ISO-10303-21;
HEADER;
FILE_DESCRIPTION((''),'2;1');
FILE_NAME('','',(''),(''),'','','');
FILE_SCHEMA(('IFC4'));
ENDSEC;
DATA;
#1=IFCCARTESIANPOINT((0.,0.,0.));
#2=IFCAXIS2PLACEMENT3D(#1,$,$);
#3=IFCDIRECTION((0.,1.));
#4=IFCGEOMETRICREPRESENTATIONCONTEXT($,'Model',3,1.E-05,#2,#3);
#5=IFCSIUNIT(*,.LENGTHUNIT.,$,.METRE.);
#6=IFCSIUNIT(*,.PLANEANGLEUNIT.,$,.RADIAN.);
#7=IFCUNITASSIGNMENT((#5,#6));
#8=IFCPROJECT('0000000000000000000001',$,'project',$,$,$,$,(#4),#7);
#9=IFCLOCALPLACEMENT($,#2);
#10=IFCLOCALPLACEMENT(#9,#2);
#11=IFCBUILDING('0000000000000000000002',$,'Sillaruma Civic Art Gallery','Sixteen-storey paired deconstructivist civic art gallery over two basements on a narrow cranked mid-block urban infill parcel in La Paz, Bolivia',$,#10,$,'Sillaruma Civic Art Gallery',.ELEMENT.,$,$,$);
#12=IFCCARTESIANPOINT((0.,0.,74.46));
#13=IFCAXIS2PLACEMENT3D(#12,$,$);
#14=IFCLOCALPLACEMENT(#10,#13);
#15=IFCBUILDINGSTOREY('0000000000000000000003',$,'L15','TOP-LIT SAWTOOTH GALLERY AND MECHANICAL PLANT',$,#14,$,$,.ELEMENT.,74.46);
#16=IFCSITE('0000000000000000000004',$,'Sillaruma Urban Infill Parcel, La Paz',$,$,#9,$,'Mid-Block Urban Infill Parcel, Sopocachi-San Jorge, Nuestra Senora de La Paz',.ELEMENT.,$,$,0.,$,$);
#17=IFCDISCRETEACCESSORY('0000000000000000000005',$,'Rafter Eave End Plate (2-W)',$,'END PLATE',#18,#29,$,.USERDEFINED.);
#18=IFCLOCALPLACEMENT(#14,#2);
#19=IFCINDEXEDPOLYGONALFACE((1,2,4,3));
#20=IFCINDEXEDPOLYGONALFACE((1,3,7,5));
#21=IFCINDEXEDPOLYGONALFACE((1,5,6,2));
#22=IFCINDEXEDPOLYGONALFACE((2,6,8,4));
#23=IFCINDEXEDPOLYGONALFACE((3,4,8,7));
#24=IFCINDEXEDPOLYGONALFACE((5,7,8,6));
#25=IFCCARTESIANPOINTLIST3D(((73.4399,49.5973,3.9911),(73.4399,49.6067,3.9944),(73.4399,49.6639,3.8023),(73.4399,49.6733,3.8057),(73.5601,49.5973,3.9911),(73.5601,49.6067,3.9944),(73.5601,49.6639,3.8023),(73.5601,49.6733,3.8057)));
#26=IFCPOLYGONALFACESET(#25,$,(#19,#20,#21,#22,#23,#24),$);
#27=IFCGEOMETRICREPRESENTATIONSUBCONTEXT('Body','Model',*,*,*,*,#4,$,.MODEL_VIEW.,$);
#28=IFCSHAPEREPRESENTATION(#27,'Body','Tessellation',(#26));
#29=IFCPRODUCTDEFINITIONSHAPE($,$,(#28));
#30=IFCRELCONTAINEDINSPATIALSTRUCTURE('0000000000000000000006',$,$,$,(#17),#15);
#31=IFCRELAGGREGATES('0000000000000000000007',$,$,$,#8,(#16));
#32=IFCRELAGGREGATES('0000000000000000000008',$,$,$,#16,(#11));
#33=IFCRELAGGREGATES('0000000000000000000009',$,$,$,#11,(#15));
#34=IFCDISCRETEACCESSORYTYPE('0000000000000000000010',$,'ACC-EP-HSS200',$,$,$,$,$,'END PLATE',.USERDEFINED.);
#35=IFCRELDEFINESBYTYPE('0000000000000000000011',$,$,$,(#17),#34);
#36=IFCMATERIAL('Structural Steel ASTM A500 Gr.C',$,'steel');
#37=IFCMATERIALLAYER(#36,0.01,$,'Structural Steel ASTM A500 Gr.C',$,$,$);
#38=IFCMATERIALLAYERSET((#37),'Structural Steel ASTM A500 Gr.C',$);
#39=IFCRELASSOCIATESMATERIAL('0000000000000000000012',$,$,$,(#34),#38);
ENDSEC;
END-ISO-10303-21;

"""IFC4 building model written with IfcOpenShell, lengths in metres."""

from ifc_helpers import new_model, si_unit, direction, frame, origin, place, context, subcontext, project, spatial, polyline, outline, extrude, material, layer, layer_set, type_object, element, save


model = new_model("IFC4")

# Units and contexts
model_context = context("Model", 3, precision=1e-05, world=origin(), true_north=direction((0.0, 1.0)))
body_context = subcontext(model_context, "Body", "Model", "MODEL_VIEW")
ifc_project = project(units=[si_unit("LENGTHUNIT", "METRE"), si_unit("PLANEANGLEUNIT", "RADIAN")], contexts=[model_context])

# Site, building, storey
site_placement = place(None, origin())
site = spatial("IfcSite", under=ifc_project, at=site_placement, Name="Sillaruma Urban Infill Parcel, La Paz", LongName="Mid-Block Urban Infill Parcel, Sopocachi-San Jorge, Nuestra Senora de La Paz", CompositionType="ELEMENT", RefElevation=0.0)
building_placement = place(site_placement, origin())
building = spatial("IfcBuilding", under=site, at=building_placement, Name="Sillaruma Civic Art Gallery", Description="Sixteen-storey paired deconstructivist civic art gallery over two basements on a narrow cranked mid-block urban infill parcel in La Paz, Bolivia", LongName="Sillaruma Civic Art Gallery", CompositionType="ELEMENT")
storey_placement = place(building_placement, frame((0.0, 0.0, 74.46)))
storey = spatial("IfcBuildingStorey", under=building, at=storey_placement, Name="L15", Description="TOP-LIT SAWTOOTH GALLERY AND MECHANICAL PLANT", CompositionType="ELEMENT", Elevation=74.46)

# Shared definitions
ifc_material_1 = material(Name="Structural Steel ASTM A500 Gr.C", Category="steel")

# Discrete accessory
ifc_layer_1 = layer(ifc_material_1, 0.01, Name="Structural Steel ASTM A500 Gr.C")
ifc_layer_set_1 = layer_set([ifc_layer_1], Name="Structural Steel ASTM A500 Gr.C")
discrete_accessory_type = type_object("IfcDiscreteAccessoryType", Name="ACC-EP-HSS200", ElementType="END PLATE", PredefinedType="USERDEFINED", material=ifc_layer_set_1)
discrete_accessory_placement = place(storey_placement, frame((73.5601, 49.6733, 3.8057), z_axis=(0.0, 0.942923, 0.333012), x_axis=(-1.0, 0.0, 0.0)))
element("IfcDiscreteAccessory", 1, at=discrete_accessory_placement, inside=storey, type_object=discrete_accessory_type, Name="Rafter Eave End Plate (2-W)", ObjectType="END PLATE", PredefinedType="USERDEFINED", context=body_context, shape_type="SweptSolid", body=[
    extrude(outline(polyline([(0.0, 0.0), (0.1201, 0.0), (0.1201, 0.2001), (0.0, 0.2001), (0.0, 0.0)])), origin(), (0.0, 0.0, -1.0), 0.01),
])

save(model, "model.ifc")
